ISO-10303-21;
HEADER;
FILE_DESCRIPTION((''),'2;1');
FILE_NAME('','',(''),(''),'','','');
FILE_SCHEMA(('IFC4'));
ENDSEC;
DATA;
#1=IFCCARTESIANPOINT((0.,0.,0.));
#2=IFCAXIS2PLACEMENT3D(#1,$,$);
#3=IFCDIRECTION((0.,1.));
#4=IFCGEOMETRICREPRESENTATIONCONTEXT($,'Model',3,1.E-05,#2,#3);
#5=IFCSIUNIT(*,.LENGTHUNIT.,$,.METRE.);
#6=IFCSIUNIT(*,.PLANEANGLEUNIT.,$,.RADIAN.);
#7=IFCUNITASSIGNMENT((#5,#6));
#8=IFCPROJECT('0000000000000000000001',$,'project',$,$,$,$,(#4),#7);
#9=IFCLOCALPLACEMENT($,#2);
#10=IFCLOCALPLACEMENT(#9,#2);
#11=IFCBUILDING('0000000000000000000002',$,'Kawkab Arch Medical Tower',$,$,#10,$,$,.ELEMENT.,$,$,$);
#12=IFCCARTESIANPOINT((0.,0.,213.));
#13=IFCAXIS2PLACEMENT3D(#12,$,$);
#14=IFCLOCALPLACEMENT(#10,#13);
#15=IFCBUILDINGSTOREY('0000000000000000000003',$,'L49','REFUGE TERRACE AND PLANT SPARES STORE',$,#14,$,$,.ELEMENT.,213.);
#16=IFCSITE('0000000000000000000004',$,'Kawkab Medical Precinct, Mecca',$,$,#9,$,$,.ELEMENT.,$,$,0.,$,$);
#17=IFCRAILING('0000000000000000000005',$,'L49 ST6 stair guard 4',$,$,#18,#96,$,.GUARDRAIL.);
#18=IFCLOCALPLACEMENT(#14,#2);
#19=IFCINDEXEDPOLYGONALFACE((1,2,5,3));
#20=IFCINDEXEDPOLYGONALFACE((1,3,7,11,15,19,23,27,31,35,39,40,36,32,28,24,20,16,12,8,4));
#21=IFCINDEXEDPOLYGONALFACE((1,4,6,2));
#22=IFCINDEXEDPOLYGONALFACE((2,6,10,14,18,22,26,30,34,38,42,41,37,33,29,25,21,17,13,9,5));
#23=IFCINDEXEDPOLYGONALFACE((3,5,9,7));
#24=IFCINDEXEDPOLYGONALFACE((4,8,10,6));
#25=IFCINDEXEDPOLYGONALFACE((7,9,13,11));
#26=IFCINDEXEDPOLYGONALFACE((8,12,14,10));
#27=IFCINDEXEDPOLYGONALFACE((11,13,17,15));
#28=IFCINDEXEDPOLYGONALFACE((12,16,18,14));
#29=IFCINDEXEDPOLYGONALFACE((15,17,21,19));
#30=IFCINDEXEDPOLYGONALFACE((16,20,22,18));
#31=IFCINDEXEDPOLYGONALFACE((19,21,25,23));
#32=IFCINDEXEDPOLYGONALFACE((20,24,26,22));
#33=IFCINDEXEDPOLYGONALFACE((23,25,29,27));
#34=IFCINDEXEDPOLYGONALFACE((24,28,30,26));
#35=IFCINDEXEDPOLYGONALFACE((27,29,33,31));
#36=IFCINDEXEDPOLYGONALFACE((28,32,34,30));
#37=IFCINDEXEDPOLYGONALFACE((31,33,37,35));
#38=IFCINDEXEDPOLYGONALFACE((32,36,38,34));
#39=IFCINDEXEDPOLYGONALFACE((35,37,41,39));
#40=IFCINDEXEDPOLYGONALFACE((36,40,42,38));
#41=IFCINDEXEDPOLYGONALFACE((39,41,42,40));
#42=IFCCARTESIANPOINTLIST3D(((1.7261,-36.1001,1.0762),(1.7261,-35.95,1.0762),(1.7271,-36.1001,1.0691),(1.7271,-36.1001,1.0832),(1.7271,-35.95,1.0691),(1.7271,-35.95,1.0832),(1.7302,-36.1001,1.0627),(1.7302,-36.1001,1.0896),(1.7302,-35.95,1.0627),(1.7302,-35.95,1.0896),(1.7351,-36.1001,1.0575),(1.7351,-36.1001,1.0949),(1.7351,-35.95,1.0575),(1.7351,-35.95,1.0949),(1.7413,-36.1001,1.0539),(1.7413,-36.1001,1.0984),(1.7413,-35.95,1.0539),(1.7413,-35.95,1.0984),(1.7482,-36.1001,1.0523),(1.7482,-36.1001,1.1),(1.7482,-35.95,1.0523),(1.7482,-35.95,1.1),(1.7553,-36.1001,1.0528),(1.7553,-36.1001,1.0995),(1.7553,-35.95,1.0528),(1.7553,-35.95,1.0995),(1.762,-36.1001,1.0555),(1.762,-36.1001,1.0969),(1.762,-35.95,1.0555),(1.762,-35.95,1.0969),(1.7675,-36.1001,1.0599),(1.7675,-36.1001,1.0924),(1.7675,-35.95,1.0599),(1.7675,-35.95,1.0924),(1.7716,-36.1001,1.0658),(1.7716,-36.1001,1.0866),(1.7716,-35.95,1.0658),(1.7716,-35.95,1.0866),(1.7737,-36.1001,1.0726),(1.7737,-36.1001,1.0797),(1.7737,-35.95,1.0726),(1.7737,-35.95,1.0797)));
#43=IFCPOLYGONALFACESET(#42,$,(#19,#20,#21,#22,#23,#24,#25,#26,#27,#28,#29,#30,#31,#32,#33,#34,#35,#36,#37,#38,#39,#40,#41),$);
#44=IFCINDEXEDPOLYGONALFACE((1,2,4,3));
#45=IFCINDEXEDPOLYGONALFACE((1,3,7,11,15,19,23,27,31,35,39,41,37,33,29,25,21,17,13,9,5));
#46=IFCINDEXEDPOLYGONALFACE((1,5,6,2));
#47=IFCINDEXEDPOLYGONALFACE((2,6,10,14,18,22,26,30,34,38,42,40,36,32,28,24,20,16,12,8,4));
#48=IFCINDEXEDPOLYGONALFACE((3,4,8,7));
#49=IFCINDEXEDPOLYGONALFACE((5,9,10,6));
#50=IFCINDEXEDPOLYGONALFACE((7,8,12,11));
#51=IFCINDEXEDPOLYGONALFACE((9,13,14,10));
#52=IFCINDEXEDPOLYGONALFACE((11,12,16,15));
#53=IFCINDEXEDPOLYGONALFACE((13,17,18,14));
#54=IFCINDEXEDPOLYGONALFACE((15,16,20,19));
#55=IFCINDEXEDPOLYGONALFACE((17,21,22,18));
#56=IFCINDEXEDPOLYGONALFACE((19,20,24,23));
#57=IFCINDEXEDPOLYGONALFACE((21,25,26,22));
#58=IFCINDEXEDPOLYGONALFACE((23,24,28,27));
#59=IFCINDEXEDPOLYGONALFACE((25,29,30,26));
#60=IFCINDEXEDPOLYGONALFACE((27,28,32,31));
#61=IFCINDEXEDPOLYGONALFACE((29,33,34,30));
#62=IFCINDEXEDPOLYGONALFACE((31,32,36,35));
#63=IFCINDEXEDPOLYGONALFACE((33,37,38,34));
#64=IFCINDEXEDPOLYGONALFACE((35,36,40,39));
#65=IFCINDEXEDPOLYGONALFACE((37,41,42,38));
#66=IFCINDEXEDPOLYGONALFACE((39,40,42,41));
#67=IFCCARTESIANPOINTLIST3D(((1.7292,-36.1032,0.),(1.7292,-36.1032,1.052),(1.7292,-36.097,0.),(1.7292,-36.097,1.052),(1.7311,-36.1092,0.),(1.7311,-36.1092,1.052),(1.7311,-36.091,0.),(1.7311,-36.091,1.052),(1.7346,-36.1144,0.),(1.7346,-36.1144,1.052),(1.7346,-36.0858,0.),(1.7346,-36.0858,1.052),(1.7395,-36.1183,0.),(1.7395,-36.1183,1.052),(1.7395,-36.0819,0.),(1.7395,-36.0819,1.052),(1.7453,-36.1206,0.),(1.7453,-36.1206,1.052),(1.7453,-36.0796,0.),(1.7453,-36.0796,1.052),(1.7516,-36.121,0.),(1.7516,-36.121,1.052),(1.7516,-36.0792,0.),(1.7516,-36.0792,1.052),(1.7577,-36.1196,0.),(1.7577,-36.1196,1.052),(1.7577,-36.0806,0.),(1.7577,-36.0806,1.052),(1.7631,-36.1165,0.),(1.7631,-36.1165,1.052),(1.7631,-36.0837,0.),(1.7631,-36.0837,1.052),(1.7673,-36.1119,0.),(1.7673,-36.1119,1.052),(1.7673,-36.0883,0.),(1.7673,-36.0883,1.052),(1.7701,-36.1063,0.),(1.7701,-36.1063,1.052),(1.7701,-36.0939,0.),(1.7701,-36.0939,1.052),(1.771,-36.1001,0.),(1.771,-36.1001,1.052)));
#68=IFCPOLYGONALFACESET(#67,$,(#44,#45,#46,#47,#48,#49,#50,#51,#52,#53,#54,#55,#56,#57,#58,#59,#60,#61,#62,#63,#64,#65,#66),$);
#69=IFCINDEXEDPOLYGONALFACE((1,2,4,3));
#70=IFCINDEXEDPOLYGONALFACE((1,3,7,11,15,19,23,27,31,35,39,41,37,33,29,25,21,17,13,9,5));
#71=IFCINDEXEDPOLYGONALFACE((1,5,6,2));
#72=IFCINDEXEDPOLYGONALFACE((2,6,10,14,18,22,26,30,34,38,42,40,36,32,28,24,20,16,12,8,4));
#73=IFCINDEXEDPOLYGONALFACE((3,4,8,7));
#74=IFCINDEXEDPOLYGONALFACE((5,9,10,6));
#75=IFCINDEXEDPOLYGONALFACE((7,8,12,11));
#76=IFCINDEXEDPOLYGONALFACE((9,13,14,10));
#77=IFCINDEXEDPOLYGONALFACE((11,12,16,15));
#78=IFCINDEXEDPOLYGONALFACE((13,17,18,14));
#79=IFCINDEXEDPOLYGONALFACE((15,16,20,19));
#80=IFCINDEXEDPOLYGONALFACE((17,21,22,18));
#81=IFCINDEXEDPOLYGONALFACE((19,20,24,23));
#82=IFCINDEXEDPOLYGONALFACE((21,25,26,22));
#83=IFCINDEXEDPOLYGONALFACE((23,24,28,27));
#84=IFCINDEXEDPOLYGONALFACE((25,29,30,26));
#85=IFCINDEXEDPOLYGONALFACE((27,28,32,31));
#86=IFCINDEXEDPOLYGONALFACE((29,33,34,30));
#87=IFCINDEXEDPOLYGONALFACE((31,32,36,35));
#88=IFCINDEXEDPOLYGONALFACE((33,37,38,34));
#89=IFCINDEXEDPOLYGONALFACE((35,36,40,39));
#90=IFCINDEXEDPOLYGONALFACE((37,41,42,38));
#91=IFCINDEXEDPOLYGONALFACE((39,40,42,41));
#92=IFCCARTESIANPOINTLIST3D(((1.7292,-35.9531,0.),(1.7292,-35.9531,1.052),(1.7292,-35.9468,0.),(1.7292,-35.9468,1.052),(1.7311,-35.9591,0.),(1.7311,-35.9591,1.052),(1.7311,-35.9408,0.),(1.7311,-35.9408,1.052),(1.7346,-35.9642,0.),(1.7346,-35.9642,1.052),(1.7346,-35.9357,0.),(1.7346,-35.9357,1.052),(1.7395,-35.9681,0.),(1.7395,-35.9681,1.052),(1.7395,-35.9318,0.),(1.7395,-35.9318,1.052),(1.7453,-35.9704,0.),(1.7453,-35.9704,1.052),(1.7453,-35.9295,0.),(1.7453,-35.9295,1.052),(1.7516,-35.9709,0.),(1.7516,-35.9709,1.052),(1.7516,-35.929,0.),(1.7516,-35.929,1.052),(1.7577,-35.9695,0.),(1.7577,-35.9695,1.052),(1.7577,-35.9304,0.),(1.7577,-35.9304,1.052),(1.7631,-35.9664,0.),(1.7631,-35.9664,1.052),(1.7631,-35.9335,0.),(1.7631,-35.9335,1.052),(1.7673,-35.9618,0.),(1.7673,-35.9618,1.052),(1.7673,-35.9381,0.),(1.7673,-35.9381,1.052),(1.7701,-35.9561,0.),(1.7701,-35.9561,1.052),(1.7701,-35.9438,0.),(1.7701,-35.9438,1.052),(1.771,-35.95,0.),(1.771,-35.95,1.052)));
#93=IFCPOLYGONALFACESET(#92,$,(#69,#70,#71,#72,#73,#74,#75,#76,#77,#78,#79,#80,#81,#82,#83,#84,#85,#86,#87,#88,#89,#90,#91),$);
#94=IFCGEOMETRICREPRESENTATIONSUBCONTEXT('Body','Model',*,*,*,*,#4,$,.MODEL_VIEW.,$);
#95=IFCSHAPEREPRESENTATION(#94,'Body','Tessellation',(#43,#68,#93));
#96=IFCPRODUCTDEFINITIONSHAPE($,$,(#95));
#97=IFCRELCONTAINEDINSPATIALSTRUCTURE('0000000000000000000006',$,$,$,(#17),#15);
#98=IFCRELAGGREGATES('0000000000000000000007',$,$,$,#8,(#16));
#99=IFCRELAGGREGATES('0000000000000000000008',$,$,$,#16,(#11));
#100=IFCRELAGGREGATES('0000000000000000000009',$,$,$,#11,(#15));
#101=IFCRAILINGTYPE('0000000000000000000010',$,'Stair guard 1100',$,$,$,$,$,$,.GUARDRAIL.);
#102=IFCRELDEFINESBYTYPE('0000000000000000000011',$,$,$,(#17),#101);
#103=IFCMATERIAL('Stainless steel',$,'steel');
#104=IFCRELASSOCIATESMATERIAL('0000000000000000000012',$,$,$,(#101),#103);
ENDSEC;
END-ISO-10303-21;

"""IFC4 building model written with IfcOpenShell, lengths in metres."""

from ifc_helpers import new_model, si_unit, direction, frame, origin, origin_2d, place, context, subcontext, project, spatial, circle, extrude, material, type_object, element, save


model = new_model("IFC4")

# Units and contexts
model_context = context("Model", 3, precision=1e-05, world=origin(), true_north=direction((0.0, 1.0)))
body_context = subcontext(model_context, "Body", "Model", "MODEL_VIEW")
ifc_project = project(units=[si_unit("LENGTHUNIT", "METRE"), si_unit("PLANEANGLEUNIT", "RADIAN")], contexts=[model_context])

# Site, building, storey
site_placement = place(None, origin())
site = spatial("IfcSite", under=ifc_project, at=site_placement, Name="Kawkab Medical Precinct, Mecca", CompositionType="ELEMENT", RefElevation=0.0)
building_placement = place(site_placement, origin())
building = spatial("IfcBuilding", under=site, at=building_placement, Name="Kawkab Arch Medical Tower", CompositionType="ELEMENT")
storey_placement = place(building_placement, frame((0.0, 0.0, 213.0)))
storey = spatial("IfcBuildingStorey", under=building, at=storey_placement, Name="L49", Description="REFUGE TERRACE AND PLANT SPARES STORE", CompositionType="ELEMENT", Elevation=213.0)

# Railing
ifc_material_1 = material(Name="Stainless steel", Category="steel")
railing_type = type_object("IfcRailingType", Name="Stair guard 1100", PredefinedType="GUARDRAIL", material=ifc_material_1)
railing_1_placement = place(storey_placement, frame((1.75, -36.1001, 0.0)))
element("IfcRailing", 1, at=railing_1_placement, inside=storey, type_object=railing_type, Name="L49 ST6 stair guard 4", PredefinedType="GUARDRAIL", context=body_context, shape_type="SweptSolid", body=[
    extrude(circle(Radius=0.0239, at=origin_2d()), frame((0.0, 0.0, 1.0762), z_axis=(0.0, 1.0, 0.0), x_axis=(-1.0, 0.0, 0.0)), (0.0, 0.0, 1.0), 0.1501),
    extrude(circle(Radius=0.021, at=origin_2d()), origin(), (0.0, 0.0, 1.0), 1.052),
    extrude(circle(Radius=0.021, at=origin_2d()), frame((0.0, 0.1501, 0.0)), (0.0, 0.0, 1.0), 1.052),
])

save(model, "model.ifc")
